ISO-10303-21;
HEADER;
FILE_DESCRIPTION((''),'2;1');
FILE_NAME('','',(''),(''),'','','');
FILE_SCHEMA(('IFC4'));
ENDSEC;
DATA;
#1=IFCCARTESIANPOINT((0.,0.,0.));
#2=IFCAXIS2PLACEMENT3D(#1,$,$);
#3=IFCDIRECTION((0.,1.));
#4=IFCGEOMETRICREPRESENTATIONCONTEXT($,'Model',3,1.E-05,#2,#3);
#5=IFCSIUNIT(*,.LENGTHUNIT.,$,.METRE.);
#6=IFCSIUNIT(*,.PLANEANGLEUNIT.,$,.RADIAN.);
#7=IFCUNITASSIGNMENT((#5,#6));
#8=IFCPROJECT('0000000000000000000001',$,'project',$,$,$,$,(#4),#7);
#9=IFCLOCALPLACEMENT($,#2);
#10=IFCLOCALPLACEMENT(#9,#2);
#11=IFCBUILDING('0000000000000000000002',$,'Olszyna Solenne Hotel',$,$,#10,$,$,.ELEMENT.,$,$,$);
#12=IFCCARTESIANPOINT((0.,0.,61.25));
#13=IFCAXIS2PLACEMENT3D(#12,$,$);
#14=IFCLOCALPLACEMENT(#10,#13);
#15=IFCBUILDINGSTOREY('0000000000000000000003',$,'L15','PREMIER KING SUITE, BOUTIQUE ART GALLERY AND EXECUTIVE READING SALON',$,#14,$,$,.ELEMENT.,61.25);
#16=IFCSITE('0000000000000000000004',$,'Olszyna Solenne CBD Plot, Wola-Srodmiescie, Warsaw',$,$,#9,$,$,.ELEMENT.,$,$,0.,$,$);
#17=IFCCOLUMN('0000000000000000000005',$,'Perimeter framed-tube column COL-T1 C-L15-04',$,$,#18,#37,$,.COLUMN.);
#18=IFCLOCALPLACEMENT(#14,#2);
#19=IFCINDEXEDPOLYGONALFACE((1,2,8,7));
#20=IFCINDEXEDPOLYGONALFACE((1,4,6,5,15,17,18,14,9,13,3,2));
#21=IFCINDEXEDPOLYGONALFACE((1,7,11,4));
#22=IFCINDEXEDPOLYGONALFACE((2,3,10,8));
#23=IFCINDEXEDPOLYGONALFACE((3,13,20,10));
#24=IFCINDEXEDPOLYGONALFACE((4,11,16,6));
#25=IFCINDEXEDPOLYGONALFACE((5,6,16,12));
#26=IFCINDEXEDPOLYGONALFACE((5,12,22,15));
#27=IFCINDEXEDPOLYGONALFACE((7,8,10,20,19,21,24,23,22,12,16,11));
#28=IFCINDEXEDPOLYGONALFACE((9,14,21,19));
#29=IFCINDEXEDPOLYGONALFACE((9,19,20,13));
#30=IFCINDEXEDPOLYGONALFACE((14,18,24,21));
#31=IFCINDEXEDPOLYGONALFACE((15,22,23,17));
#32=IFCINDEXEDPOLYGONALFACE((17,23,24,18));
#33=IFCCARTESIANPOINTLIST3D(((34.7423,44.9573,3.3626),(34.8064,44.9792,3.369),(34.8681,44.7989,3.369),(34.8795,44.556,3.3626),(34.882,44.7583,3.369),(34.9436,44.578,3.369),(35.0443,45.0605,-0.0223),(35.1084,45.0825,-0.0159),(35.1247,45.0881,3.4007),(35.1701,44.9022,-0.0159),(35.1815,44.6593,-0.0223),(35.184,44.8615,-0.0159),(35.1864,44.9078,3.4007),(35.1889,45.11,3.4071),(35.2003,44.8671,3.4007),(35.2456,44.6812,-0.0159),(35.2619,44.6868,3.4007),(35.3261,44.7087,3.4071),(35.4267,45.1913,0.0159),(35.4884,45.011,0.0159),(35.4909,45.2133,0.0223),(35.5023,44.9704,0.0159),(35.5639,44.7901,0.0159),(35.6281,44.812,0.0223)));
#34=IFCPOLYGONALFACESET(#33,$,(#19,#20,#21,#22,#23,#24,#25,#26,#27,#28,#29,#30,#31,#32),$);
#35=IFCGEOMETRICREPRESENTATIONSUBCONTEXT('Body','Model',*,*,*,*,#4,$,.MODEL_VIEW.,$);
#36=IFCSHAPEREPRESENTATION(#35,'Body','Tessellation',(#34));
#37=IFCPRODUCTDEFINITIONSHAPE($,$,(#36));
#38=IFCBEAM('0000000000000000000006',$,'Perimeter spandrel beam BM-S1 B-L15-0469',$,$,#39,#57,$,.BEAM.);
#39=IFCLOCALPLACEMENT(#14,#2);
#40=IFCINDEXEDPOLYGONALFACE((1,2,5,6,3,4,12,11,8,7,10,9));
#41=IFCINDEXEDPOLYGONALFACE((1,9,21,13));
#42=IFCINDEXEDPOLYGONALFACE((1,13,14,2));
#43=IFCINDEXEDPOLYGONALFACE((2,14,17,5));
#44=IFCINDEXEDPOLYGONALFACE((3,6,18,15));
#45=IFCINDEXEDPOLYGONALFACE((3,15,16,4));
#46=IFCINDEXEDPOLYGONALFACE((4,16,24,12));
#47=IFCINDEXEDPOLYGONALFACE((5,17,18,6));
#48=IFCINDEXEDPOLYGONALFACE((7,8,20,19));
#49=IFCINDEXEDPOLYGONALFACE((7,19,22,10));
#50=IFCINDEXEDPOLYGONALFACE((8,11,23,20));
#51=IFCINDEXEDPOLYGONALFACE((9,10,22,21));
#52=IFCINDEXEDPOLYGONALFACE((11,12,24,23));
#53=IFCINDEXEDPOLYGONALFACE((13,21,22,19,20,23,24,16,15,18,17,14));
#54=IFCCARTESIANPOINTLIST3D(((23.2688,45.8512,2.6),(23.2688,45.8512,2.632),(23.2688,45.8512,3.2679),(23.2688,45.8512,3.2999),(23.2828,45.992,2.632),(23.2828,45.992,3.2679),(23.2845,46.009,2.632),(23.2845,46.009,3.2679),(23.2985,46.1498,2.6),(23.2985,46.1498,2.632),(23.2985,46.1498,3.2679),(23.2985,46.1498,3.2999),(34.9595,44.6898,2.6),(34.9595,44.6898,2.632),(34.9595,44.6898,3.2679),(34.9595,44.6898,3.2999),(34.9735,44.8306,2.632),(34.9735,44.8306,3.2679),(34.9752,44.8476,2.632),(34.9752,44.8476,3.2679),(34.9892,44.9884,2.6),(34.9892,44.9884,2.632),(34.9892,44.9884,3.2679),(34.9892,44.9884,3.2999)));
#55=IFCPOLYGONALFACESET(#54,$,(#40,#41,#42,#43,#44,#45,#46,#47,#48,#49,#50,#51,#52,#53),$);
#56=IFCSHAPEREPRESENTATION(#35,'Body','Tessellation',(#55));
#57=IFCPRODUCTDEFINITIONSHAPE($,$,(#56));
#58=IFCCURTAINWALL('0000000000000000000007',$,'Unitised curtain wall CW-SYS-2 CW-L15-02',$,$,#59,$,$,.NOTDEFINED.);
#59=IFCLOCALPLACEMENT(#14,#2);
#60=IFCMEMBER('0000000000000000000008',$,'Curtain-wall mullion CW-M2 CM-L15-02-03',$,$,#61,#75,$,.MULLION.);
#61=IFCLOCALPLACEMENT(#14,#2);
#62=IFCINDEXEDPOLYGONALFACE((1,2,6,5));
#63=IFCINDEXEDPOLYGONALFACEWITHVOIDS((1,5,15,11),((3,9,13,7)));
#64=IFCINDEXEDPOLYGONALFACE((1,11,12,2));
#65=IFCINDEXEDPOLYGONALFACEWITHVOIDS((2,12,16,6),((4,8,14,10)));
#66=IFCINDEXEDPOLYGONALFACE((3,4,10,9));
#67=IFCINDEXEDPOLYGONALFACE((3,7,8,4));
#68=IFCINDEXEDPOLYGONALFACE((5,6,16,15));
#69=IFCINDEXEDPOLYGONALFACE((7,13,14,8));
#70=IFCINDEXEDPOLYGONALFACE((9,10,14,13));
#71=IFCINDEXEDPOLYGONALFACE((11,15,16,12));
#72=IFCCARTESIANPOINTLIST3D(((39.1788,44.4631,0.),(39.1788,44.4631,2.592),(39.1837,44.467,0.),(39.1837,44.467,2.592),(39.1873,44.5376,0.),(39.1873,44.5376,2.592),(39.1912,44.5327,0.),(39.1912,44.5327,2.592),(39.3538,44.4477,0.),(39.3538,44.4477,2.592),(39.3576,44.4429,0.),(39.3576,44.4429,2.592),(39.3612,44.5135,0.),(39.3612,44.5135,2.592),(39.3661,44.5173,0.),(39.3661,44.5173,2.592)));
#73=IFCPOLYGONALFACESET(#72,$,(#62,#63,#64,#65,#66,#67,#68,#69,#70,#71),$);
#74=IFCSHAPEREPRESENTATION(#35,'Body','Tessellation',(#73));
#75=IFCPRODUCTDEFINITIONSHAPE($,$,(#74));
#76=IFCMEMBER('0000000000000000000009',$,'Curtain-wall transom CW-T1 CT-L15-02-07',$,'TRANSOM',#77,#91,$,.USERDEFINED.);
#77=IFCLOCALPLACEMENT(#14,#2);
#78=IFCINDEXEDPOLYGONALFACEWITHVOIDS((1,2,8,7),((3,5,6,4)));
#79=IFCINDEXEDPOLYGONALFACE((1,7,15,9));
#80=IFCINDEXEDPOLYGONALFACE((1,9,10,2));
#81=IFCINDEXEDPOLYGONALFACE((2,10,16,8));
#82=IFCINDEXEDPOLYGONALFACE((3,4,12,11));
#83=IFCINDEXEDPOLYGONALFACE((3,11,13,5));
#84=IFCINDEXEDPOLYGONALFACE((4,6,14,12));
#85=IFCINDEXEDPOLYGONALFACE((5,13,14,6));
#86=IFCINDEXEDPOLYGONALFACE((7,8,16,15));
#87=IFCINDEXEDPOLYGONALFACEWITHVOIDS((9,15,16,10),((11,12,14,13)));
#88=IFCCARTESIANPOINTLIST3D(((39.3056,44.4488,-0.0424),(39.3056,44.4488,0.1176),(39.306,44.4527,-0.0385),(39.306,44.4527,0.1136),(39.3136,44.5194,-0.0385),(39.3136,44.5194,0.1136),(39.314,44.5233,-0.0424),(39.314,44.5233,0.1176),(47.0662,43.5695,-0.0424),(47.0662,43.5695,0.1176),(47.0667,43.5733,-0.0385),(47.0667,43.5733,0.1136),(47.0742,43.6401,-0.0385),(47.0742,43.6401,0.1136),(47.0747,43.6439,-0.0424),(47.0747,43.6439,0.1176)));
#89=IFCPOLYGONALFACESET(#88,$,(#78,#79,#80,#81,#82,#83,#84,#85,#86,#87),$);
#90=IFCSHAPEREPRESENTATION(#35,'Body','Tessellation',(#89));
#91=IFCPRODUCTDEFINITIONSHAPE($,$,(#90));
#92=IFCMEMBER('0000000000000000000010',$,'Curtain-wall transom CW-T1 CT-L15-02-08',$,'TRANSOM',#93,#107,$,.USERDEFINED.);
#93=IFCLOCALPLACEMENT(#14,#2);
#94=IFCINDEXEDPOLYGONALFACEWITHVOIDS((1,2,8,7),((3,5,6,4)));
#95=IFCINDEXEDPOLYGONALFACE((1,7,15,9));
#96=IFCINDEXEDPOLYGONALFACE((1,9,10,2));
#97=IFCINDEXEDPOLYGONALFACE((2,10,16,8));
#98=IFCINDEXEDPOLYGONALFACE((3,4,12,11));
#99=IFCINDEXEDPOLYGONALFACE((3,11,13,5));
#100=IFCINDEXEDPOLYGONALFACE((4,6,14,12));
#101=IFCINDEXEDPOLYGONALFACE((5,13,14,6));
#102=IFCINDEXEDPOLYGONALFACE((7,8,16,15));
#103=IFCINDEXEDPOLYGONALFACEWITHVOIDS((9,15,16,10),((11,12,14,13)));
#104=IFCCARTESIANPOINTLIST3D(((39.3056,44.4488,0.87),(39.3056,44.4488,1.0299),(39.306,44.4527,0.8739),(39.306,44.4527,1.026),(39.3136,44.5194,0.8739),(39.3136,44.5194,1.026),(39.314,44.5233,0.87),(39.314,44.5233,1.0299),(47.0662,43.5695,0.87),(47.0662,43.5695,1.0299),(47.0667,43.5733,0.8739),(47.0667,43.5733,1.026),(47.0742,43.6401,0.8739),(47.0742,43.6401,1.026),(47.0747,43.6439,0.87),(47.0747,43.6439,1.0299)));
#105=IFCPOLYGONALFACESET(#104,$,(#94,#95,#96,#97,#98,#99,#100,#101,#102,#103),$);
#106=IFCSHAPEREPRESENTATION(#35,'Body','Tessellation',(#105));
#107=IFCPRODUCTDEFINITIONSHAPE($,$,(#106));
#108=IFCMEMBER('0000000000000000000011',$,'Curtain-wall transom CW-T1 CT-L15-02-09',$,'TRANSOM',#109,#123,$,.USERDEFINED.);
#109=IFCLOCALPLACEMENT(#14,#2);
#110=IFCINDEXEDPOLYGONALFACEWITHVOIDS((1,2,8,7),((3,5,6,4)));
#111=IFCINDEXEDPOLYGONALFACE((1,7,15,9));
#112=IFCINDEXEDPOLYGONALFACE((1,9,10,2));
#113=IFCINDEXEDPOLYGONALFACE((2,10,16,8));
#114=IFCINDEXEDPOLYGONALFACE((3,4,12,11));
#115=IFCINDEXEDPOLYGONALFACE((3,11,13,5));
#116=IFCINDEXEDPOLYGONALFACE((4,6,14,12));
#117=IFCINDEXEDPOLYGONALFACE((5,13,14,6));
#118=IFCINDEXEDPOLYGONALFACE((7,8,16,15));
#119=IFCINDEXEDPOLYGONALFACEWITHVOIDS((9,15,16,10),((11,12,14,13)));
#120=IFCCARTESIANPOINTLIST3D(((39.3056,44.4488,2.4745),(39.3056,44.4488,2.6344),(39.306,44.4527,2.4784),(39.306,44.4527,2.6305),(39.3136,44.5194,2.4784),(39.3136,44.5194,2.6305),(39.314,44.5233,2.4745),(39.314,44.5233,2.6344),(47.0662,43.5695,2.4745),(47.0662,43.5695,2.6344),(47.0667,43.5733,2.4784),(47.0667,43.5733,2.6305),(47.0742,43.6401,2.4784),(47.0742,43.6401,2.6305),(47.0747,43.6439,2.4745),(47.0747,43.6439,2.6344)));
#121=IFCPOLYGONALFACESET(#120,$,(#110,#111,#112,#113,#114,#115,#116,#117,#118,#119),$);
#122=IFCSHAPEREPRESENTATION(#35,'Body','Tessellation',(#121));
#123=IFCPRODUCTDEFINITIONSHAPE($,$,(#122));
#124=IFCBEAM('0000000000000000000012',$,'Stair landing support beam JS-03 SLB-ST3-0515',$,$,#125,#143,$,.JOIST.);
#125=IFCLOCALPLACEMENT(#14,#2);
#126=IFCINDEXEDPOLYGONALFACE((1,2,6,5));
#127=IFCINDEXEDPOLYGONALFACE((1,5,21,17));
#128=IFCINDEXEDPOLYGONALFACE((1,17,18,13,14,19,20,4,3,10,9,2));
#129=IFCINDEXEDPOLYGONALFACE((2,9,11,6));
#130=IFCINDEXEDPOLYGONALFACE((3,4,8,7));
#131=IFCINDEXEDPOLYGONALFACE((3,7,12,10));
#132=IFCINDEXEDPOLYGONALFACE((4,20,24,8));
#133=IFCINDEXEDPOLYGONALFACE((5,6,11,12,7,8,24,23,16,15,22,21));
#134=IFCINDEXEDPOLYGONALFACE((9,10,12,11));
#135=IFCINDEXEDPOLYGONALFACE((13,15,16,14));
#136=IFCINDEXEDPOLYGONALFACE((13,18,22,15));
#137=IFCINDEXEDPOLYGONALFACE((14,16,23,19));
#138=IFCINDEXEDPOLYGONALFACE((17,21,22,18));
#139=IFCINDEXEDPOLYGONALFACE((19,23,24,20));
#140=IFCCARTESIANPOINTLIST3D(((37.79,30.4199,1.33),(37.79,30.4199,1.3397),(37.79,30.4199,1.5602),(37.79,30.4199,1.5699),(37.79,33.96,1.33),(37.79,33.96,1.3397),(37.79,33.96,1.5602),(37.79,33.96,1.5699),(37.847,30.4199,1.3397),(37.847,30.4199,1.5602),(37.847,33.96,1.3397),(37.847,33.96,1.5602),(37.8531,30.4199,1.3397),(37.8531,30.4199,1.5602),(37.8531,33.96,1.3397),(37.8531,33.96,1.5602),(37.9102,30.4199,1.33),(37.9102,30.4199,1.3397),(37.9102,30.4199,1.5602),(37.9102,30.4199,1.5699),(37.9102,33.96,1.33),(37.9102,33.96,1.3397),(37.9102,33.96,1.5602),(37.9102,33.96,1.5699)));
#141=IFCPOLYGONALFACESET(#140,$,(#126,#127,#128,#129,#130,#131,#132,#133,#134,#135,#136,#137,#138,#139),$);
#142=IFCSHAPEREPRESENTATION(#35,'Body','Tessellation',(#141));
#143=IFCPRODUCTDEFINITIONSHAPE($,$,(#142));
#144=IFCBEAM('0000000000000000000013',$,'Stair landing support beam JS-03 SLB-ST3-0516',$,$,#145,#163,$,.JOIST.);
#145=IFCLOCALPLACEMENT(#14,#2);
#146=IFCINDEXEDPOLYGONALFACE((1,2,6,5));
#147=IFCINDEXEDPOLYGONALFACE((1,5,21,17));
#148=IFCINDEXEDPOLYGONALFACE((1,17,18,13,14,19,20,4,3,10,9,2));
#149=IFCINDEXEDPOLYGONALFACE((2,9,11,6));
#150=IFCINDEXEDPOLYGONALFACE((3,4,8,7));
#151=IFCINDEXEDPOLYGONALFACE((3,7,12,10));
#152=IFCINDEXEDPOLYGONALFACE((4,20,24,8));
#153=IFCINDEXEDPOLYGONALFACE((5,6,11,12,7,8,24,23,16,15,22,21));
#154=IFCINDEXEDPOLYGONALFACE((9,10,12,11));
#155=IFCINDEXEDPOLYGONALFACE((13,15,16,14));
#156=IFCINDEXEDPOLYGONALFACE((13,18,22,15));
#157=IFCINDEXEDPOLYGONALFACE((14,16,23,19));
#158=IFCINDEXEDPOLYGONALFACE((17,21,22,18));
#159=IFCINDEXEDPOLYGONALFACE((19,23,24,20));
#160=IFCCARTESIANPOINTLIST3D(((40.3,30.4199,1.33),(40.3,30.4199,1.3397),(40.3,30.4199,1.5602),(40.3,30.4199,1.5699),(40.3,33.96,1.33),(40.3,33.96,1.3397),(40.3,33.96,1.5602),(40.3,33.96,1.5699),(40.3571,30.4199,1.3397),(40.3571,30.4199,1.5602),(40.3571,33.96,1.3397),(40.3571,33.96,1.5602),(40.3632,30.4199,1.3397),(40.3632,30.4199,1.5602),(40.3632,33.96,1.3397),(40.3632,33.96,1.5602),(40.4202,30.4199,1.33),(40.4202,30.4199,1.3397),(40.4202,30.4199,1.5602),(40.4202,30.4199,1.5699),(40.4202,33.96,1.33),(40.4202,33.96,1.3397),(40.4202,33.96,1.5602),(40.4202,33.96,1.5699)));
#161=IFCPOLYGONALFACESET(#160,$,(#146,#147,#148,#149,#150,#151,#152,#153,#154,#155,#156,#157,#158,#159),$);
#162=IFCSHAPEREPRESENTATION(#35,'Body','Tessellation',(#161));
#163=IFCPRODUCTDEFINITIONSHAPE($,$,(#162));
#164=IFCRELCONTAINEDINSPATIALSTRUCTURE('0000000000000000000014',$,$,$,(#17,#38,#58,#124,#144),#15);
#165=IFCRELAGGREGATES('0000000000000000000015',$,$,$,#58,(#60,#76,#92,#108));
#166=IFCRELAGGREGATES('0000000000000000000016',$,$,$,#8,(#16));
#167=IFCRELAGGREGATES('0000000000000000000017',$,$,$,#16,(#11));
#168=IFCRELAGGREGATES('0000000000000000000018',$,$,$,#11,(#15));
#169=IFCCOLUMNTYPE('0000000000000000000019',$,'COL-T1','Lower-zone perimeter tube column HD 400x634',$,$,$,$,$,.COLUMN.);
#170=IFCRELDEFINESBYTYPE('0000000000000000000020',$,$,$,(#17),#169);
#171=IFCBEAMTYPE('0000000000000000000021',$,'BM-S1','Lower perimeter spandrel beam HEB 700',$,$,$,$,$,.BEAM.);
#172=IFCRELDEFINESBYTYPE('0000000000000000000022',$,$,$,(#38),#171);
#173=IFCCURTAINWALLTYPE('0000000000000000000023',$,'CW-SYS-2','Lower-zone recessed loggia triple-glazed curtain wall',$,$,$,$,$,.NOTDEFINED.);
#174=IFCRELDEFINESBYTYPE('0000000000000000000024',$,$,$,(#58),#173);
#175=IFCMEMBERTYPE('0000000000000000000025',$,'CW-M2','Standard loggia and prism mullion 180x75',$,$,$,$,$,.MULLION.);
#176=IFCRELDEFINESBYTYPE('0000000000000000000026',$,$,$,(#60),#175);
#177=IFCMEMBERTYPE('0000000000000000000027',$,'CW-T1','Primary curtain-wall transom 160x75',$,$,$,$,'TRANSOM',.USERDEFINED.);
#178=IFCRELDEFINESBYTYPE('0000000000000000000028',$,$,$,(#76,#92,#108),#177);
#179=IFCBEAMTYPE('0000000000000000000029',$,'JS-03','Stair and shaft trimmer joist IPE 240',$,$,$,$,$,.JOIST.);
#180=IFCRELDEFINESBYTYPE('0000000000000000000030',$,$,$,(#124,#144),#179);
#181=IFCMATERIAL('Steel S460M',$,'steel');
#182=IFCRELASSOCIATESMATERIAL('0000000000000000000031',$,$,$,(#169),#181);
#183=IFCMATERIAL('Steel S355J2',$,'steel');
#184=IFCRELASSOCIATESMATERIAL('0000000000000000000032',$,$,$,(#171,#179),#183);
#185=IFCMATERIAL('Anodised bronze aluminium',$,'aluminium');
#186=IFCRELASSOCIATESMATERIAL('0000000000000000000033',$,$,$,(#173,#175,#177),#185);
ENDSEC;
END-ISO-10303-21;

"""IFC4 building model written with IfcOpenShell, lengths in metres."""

from ifc_helpers import new_model, si_unit, direction, frame, origin, origin_2d, place, context, subcontext, project, spatial, hollow_rectangle, i_section, extrude, source, transform, mapped, material, material_profile, profile_set, type_object, element, aggregate, save


model = new_model("IFC4")

# Units and contexts
model_context = context("Model", 3, precision=1e-05, world=origin(), true_north=direction((0.0, 1.0)))
body_context = subcontext(model_context, "Body", "Model", "MODEL_VIEW")
ifc_project = project(units=[si_unit("LENGTHUNIT", "METRE"), si_unit("PLANEANGLEUNIT", "RADIAN")], contexts=[model_context])

# Site, building, storey
site_placement = place(None, origin())
site = spatial("IfcSite", under=ifc_project, at=site_placement, Name="Olszyna Solenne CBD Plot, Wola-Srodmiescie, Warsaw", CompositionType="ELEMENT", RefElevation=0.0)
building_placement = place(site_placement, origin())
building = spatial("IfcBuilding", under=site, at=building_placement, Name="Olszyna Solenne Hotel", CompositionType="ELEMENT")
storey_placement = place(building_placement, frame((0.0, 0.0, 61.25)))
storey = spatial("IfcBuildingStorey", under=building, at=storey_placement, Name="L15", Description="PREMIER KING SUITE, BOUTIQUE ART GALLERY AND EXECUTIVE READING SALON", CompositionType="ELEMENT", Elevation=61.25)

# Column
ifc_material_1 = material(Name="Steel S460M", Category="steel")
ifc_material_profile_1 = material_profile(ifc_material_1, i_section(OverallWidth=0.4241, OverallDepth=0.4741, WebThickness=0.043, FlangeThickness=0.0681, at=origin_2d()), Name="HD 400x634", Category="load-bearing")
ifc_profile_set_1 = profile_set([ifc_material_profile_1], Name="Steel S460M")
column_type = type_object("IfcColumnType", Name="COL-T1", Description="Lower-zone perimeter tube column HD 400x634", PredefinedType="COLUMN", material=ifc_profile_set_1)
shared_shape_1 = source(origin(), body_context, "Body", "SweptSolid", [
    extrude(i_section(OverallWidth=0.4241, OverallDepth=0.4741, WebThickness=0.043, FlangeThickness=0.0681, at=origin_2d()), origin(), (0.0, 0.0, 1.0), 3.3999),
])
column_placement = place(storey_placement, frame((35.3362, 44.9363, 0.0), z_axis=(-0.088823, -0.030374, 0.995584), x_axis=(0.323562, -0.946207, 0.0)))
element("IfcColumn", 1, at=column_placement, inside=storey, type_object=column_type, Name="Perimeter framed-tube column COL-T1 C-L15-04", PredefinedType="COLUMN", context=body_context, shape_type="MappedRepresentation", body=[
    mapped(shared_shape_1, transform((0.0, 0.0, 0.0), x_axis=(1.0, 0.0, 0.0), y_axis=(0.0, 1.0, 0.0), z_axis=(0.0, 0.0, 1.0), scale=1.0)),
])

# Beam
ifc_material_2 = material(Name="Steel S355J2", Category="steel")
ifc_material_profile_2 = material_profile(ifc_material_2, i_section(OverallWidth=0.3, OverallDepth=0.7, WebThickness=0.0171, FlangeThickness=0.032, at=origin_2d()), Name="HEB 700", Category="load-bearing")
ifc_profile_set_2 = profile_set([ifc_material_profile_2], Name="Steel S355J2")
beam_type_1 = type_object("IfcBeamType", Name="BM-S1", Description="Lower perimeter spandrel beam HEB 700", PredefinedType="BEAM", material=ifc_profile_set_2)
shared_shape_2 = source(origin(), body_context, "Body", "SweptSolid", [
    extrude(i_section(OverallWidth=0.3, OverallDepth=0.7, WebThickness=0.0171, FlangeThickness=0.032, at=origin_2d()), origin(), (0.0, 0.0, 1.0), 11.7483),
])
beam_1_placement = place(storey_placement, frame((34.9744, 44.8391, 2.95), z_axis=(-0.995102, 0.098856, 0.0), x_axis=(-0.098856, -0.995102, 0.0)))
element("IfcBeam", 2, at=beam_1_placement, inside=storey, type_object=beam_type_1, Name="Perimeter spandrel beam BM-S1 B-L15-0469", PredefinedType="BEAM", context=body_context, shape_type="MappedRepresentation", body=[
    mapped(shared_shape_2, transform((0.0, 0.0, 0.0), x_axis=(1.0, 0.0, 0.0), y_axis=(0.0, 1.0, 0.0), z_axis=(0.0, 0.0, 1.0), scale=1.0)),
])

# Curtain wall, members
ifc_material_3 = material(Name="Anodised bronze aluminium", Category="aluminium")
curtain_wall_type = type_object("IfcCurtainWallType", Name="CW-SYS-2", Description="Lower-zone recessed loggia triple-glazed curtain wall", PredefinedType="NOTDEFINED", material=ifc_material_3)
curtain_wall_placement = place(storey_placement, origin())
curtain_wall = element("IfcCurtainWall", 3, at=curtain_wall_placement, inside=storey, type_object=curtain_wall_type, Name="Unitised curtain wall CW-SYS-2 CW-L15-02", PredefinedType="NOTDEFINED")
ifc_material_profile_3 = material_profile(ifc_material_3, hollow_rectangle(XDim=0.075, YDim=0.1799, WallThickness=0.0044, at=origin_2d()), Name="MULL 180x75x4.5", Category="load-bearing")
ifc_profile_set_3 = profile_set([ifc_material_profile_3], Name="Anodised bronze aluminium")
member_type_1 = type_object("IfcMemberType", Name="CW-M2", Description="Standard loggia and prism mullion 180x75", PredefinedType="MULLION", material=ifc_profile_set_3)
shared_shape_3 = source(origin(), body_context, "Body", "SweptSolid", [
    extrude(hollow_rectangle(XDim=0.075, YDim=0.1799, WallThickness=0.0044, at=origin_2d()), origin(), (0.0, 0.0, 1.0), 2.592),
])
member_1_placement = place(storey_placement, frame((39.2725, 44.4902, 0.0), z_axis=(0.0, 0.0, 1.0), x_axis=(0.112597, 0.993641, 0.0)))
member_1 = element("IfcMember", 4, at=member_1_placement, type_object=member_type_1, Name="Curtain-wall mullion CW-M2 CM-L15-02-03", PredefinedType="MULLION", context=body_context, shape_type="MappedRepresentation", body=[
    mapped(shared_shape_3, transform((0.0, 0.0, 0.0), x_axis=(1.0, 0.0, 0.0), y_axis=(0.0, 1.0, 0.0), z_axis=(0.0, 0.0, 1.0), scale=1.0)),
])
ifc_material_profile_4 = material_profile(ifc_material_3, hollow_rectangle(XDim=0.075, YDim=0.1599, WallThickness=0.0039, at=origin_2d()), Name="TRAN 160x75x4", Category="load-bearing")
ifc_profile_set_4 = profile_set([ifc_material_profile_4], Name="Anodised bronze aluminium")
member_type_2 = type_object("IfcMemberType", Name="CW-T1", Description="Primary curtain-wall transom 160x75", ElementType="TRANSOM", PredefinedType="USERDEFINED", material=ifc_profile_set_4)
shared_shape_4 = source(origin(), body_context, "Body", "SweptSolid", [
    extrude(hollow_rectangle(XDim=0.075, YDim=0.1599, WallThickness=0.0039, at=origin_2d()), origin(), (0.0, 0.0, 1.0), 7.8103),
])
member_2_placement = place(storey_placement, frame((39.3098, 44.4861, 0.0376), z_axis=(0.993641, -0.112593, 0.0), x_axis=(0.112593, 0.993641, 0.0)))
member_2 = element("IfcMember", 5, at=member_2_placement, type_object=member_type_2, Name="Curtain-wall transom CW-T1 CT-L15-02-07", ObjectType="TRANSOM", PredefinedType="USERDEFINED", context=body_context, shape_type="MappedRepresentation", body=[
    mapped(shared_shape_4, transform((0.0, 0.0, 0.0), x_axis=(1.0, 0.0, 0.0), y_axis=(0.0, 1.0, 0.0), z_axis=(0.0, 0.0, 1.0), scale=1.0)),
])
member_3_placement = place(storey_placement, frame((39.3098, 44.4861, 0.95), z_axis=(0.993641, -0.112593, 0.0), x_axis=(0.112593, 0.993641, 0.0)))
member_3 = element("IfcMember", 6, at=member_3_placement, type_object=member_type_2, Name="Curtain-wall transom CW-T1 CT-L15-02-08", ObjectType="TRANSOM", PredefinedType="USERDEFINED", context=body_context, shape_type="MappedRepresentation", body=[
    mapped(shared_shape_4, transform((0.0, 0.0, 0.0), x_axis=(1.0, 0.0, 0.0), y_axis=(0.0, 1.0, 0.0), z_axis=(0.0, 0.0, 1.0), scale=1.0)),
])
member_4_placement = place(storey_placement, frame((39.3098, 44.4861, 2.5544), z_axis=(0.993641, -0.112593, 0.0), x_axis=(0.112593, 0.993641, 0.0)))
member_4 = element("IfcMember", 7, at=member_4_placement, type_object=member_type_2, Name="Curtain-wall transom CW-T1 CT-L15-02-09", ObjectType="TRANSOM", PredefinedType="USERDEFINED", context=body_context, shape_type="MappedRepresentation", body=[
    mapped(shared_shape_4, transform((0.0, 0.0, 0.0), x_axis=(1.0, 0.0, 0.0), y_axis=(0.0, 1.0, 0.0), z_axis=(0.0, 0.0, 1.0), scale=1.0)),
])

# Beams
ifc_material_profile_5 = material_profile(ifc_material_2, i_section(OverallWidth=0.1201, OverallDepth=0.24, WebThickness=0.0061, FlangeThickness=0.0098, at=origin_2d()), Name="IPE 240", Category="load-bearing")
ifc_profile_set_5 = profile_set([ifc_material_profile_5], Name="Steel S355J2")
beam_type_2 = type_object("IfcBeamType", Name="JS-03", Description="Stair and shaft trimmer joist IPE 240", PredefinedType="JOIST", material=ifc_profile_set_5)
shared_shape_5 = source(origin(), body_context, "Body", "SweptSolid", [
    extrude(i_section(OverallWidth=0.1201, OverallDepth=0.24, WebThickness=0.0061, FlangeThickness=0.0098, at=origin_2d()), origin(), (0.0, 0.0, 1.0), 3.54),
])
for number, where, z_axis, x_axis, name in (
    (8, (37.8501, 30.4199, 1.45), (0.0, 1.0, 0.0), (-1.0, 0.0, 0.0), "Stair landing support beam JS-03 SLB-ST3-0515"),
    (9, (40.3601, 30.4199, 1.45), (0.0, 1.0, 0.0), (-1.0, 0.0, 0.0), "Stair landing support beam JS-03 SLB-ST3-0516"),
):
    element("IfcBeam", number, at=place(storey_placement, frame(where, z_axis=z_axis, x_axis=x_axis)), inside=storey, type_object=beam_type_2, Name=name, PredefinedType="JOIST", context=body_context, shape_type="MappedRepresentation", body=[
        mapped(shared_shape_5, transform((0.0, 0.0, 0.0), x_axis=(1.0, 0.0, 0.0), y_axis=(0.0, 1.0, 0.0), z_axis=(0.0, 0.0, 1.0), scale=1.0)),
    ])

aggregate(curtain_wall, [member_1, member_2, member_3, member_4])

save(model, "model.ifc")
